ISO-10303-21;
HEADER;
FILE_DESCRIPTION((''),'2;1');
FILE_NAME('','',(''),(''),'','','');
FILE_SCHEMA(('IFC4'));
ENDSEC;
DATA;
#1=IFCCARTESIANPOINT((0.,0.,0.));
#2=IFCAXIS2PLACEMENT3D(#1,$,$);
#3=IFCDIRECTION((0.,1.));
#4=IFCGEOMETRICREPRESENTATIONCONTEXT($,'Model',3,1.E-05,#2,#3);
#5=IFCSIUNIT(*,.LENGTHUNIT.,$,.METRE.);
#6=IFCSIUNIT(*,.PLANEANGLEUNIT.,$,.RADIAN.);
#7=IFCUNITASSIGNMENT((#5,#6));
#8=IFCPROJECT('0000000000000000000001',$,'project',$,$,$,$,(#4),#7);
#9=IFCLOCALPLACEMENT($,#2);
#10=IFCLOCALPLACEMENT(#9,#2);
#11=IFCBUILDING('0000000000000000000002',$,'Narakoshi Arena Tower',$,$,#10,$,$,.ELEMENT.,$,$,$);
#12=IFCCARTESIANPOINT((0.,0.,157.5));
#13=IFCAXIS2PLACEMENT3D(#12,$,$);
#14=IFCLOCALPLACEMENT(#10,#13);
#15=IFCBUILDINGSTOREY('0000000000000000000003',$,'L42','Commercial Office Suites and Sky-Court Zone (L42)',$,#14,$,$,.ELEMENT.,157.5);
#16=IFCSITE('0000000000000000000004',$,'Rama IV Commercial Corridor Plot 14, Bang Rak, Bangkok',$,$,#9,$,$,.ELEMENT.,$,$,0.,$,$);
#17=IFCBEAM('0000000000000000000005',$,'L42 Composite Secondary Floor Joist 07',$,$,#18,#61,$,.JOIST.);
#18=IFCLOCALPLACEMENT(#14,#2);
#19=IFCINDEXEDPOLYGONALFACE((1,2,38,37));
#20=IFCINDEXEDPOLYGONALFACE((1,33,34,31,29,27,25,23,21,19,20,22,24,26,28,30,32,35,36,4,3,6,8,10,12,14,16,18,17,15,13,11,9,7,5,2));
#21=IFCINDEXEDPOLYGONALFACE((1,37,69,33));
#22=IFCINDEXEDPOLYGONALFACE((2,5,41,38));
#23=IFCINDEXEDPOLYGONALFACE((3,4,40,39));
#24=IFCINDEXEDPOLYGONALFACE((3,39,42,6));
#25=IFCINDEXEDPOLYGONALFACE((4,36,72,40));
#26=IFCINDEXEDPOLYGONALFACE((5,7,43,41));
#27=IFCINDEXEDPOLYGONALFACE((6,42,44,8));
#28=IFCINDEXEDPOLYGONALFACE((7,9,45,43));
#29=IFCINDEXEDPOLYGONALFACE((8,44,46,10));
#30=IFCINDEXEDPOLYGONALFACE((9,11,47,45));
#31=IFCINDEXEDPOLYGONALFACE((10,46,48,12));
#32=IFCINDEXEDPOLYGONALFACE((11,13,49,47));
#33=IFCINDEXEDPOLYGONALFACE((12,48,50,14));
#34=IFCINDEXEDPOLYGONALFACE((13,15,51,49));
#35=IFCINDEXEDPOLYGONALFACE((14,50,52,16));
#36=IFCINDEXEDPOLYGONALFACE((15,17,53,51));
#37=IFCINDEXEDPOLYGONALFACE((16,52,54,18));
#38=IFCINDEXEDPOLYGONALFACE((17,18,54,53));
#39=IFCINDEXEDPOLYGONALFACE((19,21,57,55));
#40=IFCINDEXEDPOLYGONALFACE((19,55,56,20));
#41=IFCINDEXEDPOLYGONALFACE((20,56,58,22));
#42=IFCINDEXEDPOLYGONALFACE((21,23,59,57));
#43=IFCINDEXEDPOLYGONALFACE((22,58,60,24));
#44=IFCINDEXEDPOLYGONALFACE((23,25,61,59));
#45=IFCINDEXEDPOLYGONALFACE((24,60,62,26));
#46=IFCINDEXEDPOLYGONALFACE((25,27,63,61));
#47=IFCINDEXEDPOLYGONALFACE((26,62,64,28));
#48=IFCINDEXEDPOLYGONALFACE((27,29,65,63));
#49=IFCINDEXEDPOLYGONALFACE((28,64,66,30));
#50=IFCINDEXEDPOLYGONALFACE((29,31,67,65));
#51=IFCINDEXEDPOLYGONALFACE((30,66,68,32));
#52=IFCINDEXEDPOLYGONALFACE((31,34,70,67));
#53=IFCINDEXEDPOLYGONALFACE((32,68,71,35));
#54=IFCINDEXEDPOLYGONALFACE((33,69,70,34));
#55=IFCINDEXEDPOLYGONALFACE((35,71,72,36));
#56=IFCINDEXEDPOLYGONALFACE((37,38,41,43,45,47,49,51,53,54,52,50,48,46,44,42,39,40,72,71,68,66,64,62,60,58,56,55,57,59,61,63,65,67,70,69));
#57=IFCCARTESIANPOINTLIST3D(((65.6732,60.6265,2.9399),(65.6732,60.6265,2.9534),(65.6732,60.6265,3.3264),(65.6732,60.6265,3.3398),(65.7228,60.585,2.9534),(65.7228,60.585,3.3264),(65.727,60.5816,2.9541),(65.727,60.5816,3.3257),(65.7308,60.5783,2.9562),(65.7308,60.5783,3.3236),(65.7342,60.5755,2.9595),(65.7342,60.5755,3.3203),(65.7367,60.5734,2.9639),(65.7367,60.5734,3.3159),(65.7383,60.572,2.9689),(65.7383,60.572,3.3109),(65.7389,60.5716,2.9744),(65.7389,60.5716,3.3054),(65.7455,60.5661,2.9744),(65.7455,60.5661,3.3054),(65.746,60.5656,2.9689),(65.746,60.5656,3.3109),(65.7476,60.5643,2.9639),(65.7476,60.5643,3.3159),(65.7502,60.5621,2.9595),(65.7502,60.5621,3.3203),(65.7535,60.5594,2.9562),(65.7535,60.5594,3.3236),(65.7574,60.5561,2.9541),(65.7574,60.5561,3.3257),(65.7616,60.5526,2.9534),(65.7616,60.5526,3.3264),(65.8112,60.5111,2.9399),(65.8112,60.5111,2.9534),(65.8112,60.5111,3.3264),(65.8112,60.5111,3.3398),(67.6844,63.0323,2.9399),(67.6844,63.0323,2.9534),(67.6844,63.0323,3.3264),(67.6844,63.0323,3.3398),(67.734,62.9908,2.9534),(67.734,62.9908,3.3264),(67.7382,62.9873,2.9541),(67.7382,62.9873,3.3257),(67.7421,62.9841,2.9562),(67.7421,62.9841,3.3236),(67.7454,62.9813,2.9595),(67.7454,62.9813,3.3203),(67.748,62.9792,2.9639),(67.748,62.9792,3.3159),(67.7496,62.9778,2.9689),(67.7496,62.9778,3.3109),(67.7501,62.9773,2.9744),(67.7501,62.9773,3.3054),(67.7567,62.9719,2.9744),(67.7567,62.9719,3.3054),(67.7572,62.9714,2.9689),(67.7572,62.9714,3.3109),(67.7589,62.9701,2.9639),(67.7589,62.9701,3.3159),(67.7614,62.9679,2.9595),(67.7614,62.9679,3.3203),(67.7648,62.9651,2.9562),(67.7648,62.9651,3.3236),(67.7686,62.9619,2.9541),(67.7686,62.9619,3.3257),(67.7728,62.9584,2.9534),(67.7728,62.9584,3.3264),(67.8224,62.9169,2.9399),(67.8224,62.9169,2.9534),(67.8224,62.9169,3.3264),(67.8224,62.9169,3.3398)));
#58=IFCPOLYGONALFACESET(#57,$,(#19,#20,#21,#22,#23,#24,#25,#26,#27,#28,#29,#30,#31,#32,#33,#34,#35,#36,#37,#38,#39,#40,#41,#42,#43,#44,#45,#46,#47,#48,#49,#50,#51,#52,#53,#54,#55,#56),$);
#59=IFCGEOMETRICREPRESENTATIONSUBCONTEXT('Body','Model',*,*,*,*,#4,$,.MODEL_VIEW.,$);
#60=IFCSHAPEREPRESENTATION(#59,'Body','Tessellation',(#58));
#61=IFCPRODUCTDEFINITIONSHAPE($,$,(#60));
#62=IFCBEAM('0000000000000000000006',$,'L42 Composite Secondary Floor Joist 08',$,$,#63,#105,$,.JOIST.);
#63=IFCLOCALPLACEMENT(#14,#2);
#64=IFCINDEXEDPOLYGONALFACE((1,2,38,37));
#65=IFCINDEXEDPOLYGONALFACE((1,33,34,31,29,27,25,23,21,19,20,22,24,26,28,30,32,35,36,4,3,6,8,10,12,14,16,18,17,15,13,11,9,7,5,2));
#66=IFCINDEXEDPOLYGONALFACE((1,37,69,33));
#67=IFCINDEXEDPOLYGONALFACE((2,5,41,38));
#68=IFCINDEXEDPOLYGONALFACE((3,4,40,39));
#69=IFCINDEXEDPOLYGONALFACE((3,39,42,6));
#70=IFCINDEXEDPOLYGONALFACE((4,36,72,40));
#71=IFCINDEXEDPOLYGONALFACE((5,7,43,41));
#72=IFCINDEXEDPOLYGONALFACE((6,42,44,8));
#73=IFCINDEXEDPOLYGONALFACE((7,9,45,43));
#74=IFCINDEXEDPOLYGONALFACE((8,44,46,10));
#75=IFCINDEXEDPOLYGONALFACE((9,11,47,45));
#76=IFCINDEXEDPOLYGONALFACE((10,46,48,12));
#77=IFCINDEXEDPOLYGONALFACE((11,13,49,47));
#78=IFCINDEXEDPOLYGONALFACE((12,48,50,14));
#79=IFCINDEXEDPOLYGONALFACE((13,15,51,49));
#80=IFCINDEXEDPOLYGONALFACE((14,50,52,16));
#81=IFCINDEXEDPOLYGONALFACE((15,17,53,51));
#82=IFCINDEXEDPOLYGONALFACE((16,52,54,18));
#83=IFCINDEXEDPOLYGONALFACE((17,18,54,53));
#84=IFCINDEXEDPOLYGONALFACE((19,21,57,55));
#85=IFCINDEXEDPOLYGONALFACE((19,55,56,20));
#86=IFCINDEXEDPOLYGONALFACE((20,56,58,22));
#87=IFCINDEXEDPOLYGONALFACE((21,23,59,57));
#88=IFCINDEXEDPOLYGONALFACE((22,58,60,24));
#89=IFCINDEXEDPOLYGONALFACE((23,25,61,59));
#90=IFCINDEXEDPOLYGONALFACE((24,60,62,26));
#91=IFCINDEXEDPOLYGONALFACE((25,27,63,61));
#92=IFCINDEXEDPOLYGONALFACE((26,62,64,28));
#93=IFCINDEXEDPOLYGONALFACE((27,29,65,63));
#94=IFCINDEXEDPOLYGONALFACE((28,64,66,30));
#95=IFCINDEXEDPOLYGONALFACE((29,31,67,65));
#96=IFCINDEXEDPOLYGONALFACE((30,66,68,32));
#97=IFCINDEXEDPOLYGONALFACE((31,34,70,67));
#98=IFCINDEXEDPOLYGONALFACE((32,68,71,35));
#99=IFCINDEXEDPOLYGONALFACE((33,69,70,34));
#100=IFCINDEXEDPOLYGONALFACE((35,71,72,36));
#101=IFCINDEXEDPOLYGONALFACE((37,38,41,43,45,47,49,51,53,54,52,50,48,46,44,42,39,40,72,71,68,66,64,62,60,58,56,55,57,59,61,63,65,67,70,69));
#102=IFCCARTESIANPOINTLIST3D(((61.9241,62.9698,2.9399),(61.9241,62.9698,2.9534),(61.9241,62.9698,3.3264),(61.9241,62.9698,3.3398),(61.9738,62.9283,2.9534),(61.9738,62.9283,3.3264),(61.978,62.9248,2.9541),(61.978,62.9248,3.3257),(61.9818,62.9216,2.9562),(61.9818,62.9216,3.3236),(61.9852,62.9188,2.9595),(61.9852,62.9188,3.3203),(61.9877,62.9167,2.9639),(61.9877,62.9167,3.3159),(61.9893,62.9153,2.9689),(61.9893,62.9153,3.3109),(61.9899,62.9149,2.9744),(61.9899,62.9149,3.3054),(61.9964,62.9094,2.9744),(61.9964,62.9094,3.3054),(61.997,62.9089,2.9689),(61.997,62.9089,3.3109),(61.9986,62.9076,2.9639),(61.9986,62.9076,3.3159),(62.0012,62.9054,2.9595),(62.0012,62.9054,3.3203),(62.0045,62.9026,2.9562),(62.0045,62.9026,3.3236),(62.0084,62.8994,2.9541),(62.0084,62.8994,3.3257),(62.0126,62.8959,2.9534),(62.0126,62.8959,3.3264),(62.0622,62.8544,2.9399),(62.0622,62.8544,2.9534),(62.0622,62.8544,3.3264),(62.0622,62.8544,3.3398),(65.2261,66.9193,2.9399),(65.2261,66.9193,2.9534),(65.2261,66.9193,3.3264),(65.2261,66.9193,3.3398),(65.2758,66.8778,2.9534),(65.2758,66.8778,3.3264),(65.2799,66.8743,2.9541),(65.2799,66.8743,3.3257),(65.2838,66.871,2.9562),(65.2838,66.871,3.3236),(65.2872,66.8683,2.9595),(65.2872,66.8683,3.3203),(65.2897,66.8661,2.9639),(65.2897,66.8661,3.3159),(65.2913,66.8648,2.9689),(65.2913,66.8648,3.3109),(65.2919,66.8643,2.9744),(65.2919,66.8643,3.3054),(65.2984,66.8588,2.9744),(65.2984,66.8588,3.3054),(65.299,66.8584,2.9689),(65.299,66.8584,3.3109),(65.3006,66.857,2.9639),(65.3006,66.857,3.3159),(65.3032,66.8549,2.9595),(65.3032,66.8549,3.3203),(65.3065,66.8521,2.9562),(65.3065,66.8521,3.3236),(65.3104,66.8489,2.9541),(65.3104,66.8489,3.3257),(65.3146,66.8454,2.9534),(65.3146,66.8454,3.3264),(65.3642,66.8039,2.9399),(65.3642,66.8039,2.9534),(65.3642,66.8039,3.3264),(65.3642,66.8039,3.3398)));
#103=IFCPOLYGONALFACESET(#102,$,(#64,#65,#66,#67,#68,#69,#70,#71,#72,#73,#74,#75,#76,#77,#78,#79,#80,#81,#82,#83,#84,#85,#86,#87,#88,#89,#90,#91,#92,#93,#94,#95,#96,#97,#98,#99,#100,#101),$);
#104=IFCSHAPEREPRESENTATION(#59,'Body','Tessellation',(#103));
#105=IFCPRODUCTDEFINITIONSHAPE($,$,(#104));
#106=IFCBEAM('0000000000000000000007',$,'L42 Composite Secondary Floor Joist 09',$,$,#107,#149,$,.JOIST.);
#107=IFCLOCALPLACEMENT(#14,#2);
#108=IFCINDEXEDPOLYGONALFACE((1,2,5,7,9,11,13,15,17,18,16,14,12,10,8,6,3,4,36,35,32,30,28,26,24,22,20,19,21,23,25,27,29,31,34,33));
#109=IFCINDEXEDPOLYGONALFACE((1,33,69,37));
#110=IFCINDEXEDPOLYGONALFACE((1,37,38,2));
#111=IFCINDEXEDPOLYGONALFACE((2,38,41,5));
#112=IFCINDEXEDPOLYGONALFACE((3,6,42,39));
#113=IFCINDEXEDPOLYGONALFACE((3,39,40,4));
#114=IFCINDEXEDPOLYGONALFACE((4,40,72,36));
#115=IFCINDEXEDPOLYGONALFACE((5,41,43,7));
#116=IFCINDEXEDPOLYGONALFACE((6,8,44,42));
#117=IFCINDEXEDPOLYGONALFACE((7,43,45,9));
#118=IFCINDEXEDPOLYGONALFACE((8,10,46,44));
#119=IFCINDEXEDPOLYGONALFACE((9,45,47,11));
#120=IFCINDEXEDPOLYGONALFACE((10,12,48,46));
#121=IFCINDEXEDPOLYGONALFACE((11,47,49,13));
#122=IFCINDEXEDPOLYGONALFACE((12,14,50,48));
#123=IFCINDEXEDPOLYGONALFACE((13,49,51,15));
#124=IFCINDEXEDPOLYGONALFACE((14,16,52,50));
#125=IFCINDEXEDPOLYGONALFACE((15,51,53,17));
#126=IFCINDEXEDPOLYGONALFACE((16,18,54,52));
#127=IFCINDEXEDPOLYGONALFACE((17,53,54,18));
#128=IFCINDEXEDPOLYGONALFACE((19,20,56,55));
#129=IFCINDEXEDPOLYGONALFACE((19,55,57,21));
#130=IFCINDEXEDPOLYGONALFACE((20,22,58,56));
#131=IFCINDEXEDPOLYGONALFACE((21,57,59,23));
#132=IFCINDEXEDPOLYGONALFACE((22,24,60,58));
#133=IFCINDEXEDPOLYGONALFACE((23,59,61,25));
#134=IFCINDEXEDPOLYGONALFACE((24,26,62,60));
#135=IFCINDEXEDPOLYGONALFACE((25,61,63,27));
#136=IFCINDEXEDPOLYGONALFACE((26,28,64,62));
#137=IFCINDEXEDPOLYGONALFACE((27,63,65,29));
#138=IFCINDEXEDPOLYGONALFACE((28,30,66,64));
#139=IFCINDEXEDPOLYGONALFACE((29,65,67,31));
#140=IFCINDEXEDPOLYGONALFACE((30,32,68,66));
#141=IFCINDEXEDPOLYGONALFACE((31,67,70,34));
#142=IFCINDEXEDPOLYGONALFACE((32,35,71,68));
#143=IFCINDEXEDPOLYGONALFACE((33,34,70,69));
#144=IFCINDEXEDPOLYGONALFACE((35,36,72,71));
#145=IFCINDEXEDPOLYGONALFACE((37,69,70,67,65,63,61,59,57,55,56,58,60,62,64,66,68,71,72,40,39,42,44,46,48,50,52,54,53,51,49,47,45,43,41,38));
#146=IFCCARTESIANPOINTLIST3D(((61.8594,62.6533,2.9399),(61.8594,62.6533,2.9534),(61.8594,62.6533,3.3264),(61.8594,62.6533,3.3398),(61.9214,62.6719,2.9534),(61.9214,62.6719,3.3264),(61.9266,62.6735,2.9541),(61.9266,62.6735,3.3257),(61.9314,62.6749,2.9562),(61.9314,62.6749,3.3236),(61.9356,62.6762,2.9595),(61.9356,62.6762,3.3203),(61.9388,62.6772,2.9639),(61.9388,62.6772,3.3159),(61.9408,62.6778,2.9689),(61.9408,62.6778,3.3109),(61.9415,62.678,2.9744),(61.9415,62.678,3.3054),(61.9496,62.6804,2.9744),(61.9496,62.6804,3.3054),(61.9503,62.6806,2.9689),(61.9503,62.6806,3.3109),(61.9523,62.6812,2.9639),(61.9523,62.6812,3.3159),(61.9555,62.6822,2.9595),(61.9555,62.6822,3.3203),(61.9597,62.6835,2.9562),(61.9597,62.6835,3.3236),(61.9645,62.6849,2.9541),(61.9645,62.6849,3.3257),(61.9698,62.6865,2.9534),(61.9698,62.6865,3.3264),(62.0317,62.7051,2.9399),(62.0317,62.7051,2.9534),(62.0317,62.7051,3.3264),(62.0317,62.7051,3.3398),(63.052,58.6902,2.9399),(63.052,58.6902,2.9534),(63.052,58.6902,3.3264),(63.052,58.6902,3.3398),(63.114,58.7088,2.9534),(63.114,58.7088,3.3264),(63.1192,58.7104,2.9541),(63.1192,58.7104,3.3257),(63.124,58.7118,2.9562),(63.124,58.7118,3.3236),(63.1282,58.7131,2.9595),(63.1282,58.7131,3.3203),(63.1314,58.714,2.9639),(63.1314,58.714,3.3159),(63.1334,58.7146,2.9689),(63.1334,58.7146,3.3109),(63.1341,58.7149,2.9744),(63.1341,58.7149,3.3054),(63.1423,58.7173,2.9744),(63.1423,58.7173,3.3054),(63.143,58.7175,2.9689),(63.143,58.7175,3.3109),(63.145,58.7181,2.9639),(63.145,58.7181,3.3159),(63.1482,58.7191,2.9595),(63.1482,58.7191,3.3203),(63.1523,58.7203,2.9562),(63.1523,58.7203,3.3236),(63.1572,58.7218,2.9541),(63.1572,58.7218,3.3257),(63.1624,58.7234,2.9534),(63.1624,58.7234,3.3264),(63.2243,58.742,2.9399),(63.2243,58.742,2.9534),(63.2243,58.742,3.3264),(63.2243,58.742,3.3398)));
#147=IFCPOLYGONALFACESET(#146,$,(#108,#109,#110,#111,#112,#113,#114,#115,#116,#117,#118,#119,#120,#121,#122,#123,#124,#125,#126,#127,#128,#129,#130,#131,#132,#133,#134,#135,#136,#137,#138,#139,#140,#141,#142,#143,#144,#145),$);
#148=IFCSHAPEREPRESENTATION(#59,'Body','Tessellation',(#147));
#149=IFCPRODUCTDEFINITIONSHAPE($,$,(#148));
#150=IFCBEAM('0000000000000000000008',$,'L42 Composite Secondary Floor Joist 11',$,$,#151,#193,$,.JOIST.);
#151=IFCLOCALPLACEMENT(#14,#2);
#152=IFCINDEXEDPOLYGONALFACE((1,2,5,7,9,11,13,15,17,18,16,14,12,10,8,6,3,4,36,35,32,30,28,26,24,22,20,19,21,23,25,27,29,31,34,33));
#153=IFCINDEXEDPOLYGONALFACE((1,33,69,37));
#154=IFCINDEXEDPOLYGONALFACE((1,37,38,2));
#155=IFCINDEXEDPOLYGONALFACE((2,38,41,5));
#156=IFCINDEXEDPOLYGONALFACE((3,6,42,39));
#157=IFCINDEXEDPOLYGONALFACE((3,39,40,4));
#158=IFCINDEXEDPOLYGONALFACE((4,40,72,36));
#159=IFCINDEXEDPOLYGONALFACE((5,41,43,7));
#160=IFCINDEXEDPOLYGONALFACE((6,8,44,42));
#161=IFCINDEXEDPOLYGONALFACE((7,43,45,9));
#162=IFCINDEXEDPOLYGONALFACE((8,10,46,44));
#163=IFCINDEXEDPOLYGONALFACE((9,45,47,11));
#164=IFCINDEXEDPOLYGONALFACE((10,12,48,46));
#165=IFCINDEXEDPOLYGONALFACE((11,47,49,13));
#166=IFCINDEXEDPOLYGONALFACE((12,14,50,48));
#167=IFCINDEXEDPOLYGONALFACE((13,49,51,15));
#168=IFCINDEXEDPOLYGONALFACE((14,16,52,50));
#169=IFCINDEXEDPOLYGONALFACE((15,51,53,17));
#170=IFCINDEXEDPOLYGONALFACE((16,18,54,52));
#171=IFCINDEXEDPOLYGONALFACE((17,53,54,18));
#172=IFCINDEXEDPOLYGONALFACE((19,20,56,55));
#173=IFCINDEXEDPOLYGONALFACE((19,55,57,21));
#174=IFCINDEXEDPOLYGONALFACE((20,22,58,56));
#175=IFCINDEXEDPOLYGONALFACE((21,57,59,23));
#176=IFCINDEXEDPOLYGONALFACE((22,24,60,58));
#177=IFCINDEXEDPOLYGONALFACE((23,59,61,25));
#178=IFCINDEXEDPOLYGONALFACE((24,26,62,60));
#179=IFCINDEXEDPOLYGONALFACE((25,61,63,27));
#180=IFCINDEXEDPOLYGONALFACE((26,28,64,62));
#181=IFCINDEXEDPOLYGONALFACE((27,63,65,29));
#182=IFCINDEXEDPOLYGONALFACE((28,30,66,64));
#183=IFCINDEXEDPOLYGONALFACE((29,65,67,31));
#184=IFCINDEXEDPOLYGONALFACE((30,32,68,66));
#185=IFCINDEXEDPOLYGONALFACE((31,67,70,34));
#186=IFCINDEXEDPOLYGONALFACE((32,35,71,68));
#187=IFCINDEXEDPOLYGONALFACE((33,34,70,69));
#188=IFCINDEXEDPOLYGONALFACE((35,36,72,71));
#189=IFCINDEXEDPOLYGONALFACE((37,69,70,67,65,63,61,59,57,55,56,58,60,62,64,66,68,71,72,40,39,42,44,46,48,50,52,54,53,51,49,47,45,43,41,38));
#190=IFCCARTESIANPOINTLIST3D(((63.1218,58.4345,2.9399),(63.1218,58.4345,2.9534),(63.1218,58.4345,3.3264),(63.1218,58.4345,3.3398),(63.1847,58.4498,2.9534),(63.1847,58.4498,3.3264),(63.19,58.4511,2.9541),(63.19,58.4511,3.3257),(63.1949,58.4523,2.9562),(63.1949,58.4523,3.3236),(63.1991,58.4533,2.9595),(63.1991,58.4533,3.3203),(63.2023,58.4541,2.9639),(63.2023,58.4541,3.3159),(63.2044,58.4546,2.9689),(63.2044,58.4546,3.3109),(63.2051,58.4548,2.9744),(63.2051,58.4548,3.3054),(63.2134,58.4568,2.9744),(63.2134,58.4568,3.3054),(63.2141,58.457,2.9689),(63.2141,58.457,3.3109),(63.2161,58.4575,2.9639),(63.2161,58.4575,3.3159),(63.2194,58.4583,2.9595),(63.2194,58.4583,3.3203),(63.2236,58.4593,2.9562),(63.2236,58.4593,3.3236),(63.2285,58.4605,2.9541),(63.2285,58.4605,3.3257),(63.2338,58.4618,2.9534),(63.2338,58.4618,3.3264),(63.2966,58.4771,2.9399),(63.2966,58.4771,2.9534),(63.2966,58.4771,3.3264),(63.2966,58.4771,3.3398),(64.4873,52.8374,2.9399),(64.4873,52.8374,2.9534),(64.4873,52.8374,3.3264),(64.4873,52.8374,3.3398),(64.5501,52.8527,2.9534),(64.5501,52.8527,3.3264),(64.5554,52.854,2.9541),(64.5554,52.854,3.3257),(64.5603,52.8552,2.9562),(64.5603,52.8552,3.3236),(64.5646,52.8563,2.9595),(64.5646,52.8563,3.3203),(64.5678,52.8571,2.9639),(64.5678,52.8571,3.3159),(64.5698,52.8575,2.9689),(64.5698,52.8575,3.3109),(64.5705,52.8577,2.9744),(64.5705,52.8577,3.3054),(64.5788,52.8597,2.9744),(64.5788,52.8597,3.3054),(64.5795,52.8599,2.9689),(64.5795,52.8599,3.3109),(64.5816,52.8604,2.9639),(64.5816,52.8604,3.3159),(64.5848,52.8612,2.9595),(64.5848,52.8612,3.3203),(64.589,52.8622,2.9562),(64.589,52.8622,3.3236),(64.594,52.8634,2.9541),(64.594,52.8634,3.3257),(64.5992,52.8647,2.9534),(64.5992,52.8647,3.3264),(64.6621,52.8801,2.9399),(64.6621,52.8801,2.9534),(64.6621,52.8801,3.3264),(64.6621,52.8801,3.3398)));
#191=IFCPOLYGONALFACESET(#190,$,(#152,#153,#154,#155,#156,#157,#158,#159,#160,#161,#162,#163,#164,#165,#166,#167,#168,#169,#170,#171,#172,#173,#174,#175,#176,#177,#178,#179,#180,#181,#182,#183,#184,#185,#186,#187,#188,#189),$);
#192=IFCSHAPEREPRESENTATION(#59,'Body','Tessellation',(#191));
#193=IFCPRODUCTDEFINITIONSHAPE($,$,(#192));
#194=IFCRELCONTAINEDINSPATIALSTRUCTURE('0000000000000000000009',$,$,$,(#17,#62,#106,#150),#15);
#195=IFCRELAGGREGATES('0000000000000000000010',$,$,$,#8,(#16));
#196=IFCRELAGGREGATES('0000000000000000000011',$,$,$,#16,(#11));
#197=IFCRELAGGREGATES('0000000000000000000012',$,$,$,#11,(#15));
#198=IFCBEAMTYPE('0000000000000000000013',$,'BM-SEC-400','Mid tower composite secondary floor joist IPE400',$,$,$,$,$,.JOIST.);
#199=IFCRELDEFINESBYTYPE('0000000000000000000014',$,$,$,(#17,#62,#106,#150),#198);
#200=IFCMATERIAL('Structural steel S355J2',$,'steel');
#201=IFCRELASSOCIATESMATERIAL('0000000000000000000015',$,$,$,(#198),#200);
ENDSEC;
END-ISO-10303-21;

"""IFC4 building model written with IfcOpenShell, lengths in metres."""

from ifc_helpers import new_model, si_unit, direction, frame, origin, origin_2d, place, context, subcontext, project, spatial, i_section, extrude, material, material_profile, profile_set, type_object, element, save


model = new_model("IFC4")

# Units and contexts
model_context = context("Model", 3, precision=1e-05, world=origin(), true_north=direction((0.0, 1.0)))
body_context = subcontext(model_context, "Body", "Model", "MODEL_VIEW")
ifc_project = project(units=[si_unit("LENGTHUNIT", "METRE"), si_unit("PLANEANGLEUNIT", "RADIAN")], contexts=[model_context])

# Site, building, storey
site_placement = place(None, origin())
site = spatial("IfcSite", under=ifc_project, at=site_placement, Name="Rama IV Commercial Corridor Plot 14, Bang Rak, Bangkok", CompositionType="ELEMENT", RefElevation=0.0)
building_placement = place(site_placement, origin())
building = spatial("IfcBuilding", under=site, at=building_placement, Name="Narakoshi Arena Tower", CompositionType="ELEMENT")
storey_placement = place(building_placement, frame((0.0, 0.0, 157.5)))
storey = spatial("IfcBuildingStorey", under=building, at=storey_placement, Name="L42", Description="Commercial Office Suites and Sky-Court Zone (L42)", CompositionType="ELEMENT", Elevation=157.5)

# Beams
ifc_material_1 = material(Name="Structural steel S355J2", Category="steel")
ifc_material_profile_1 = material_profile(ifc_material_1, i_section(OverallWidth=0.1799, OverallDepth=0.3999, WebThickness=0.0085, FlangeThickness=0.0134, FilletRadius=0.021, at=origin_2d()), Name="IPE400")
ifc_profile_set_1 = profile_set([ifc_material_profile_1], Name="Structural steel S355J2")
beam_type_1 = type_object("IfcBeamType", Name="BM-SEC-400", Description="Mid tower composite secondary floor joist IPE400", PredefinedType="JOIST", material=ifc_profile_set_1)
beam_1_placement = place(storey_placement, frame((67.7534, 62.9746, 3.1399), z_axis=(-0.641394, -0.767212, 0.0), x_axis=(0.767212, -0.641394, 0.0)))
element("IfcBeam", 1, at=beam_1_placement, inside=storey, type_object=beam_type_1, Name="L42 Composite Secondary Floor Joist 07", PredefinedType="JOIST", context=body_context, shape_type="SweptSolid", body=[
    extrude(i_section(OverallWidth=0.1799, OverallDepth=0.3999, WebThickness=0.0085, FlangeThickness=0.0134, FilletRadius=0.021, at=origin_2d()), origin(), (0.0, 0.0, 1.0), 3.1357),
])
beam_2_placement = place(storey_placement, frame((65.2952, 66.8616, 3.1399), z_axis=(-0.64142, -0.76719, 0.0), x_axis=(0.76719, -0.64142, 0.0)))
element("IfcBeam", 2, at=beam_2_placement, inside=storey, type_object=beam_type_1, Name="L42 Composite Secondary Floor Joist 08", PredefinedType="JOIST", context=body_context, shape_type="SweptSolid", body=[
    extrude(i_section(OverallWidth=0.1799, OverallDepth=0.3999, WebThickness=0.0085, FlangeThickness=0.0134, FilletRadius=0.021, at=origin_2d()), origin(), (0.0, 0.0, 1.0), 5.1479),
])
beam_3_placement = place(storey_placement, frame((61.9456, 62.6792, 3.1399), z_axis=(0.288165, -0.957581, 0.0), x_axis=(0.957581, 0.288165, 0.0)))
element("IfcBeam", 3, at=beam_3_placement, inside=storey, type_object=beam_type_1, Name="L42 Composite Secondary Floor Joist 09", PredefinedType="JOIST", context=body_context, shape_type="SweptSolid", body=[
    extrude(i_section(OverallWidth=0.1799, OverallDepth=0.3999, WebThickness=0.0085, FlangeThickness=0.0134, FilletRadius=0.021, at=origin_2d()), origin(), (0.0, 0.0, 1.0), 4.1387),
])
beam_4_placement = place(storey_placement, frame((63.2092, 58.4558, 3.1399), z_axis=(0.237008, -0.971508, 0.0), x_axis=(0.971508, 0.237008, 0.0)))
element("IfcBeam", 4, at=beam_4_placement, inside=storey, type_object=beam_type_1, Name="L42 Composite Secondary Floor Joist 11", PredefinedType="JOIST", context=body_context, shape_type="SweptSolid", body=[
    extrude(i_section(OverallWidth=0.1799, OverallDepth=0.3999, WebThickness=0.0085, FlangeThickness=0.0134, FilletRadius=0.021, at=origin_2d()), origin(), (0.0, 0.0, 1.0), 5.7612),
])

save(model, "model.ifc")
